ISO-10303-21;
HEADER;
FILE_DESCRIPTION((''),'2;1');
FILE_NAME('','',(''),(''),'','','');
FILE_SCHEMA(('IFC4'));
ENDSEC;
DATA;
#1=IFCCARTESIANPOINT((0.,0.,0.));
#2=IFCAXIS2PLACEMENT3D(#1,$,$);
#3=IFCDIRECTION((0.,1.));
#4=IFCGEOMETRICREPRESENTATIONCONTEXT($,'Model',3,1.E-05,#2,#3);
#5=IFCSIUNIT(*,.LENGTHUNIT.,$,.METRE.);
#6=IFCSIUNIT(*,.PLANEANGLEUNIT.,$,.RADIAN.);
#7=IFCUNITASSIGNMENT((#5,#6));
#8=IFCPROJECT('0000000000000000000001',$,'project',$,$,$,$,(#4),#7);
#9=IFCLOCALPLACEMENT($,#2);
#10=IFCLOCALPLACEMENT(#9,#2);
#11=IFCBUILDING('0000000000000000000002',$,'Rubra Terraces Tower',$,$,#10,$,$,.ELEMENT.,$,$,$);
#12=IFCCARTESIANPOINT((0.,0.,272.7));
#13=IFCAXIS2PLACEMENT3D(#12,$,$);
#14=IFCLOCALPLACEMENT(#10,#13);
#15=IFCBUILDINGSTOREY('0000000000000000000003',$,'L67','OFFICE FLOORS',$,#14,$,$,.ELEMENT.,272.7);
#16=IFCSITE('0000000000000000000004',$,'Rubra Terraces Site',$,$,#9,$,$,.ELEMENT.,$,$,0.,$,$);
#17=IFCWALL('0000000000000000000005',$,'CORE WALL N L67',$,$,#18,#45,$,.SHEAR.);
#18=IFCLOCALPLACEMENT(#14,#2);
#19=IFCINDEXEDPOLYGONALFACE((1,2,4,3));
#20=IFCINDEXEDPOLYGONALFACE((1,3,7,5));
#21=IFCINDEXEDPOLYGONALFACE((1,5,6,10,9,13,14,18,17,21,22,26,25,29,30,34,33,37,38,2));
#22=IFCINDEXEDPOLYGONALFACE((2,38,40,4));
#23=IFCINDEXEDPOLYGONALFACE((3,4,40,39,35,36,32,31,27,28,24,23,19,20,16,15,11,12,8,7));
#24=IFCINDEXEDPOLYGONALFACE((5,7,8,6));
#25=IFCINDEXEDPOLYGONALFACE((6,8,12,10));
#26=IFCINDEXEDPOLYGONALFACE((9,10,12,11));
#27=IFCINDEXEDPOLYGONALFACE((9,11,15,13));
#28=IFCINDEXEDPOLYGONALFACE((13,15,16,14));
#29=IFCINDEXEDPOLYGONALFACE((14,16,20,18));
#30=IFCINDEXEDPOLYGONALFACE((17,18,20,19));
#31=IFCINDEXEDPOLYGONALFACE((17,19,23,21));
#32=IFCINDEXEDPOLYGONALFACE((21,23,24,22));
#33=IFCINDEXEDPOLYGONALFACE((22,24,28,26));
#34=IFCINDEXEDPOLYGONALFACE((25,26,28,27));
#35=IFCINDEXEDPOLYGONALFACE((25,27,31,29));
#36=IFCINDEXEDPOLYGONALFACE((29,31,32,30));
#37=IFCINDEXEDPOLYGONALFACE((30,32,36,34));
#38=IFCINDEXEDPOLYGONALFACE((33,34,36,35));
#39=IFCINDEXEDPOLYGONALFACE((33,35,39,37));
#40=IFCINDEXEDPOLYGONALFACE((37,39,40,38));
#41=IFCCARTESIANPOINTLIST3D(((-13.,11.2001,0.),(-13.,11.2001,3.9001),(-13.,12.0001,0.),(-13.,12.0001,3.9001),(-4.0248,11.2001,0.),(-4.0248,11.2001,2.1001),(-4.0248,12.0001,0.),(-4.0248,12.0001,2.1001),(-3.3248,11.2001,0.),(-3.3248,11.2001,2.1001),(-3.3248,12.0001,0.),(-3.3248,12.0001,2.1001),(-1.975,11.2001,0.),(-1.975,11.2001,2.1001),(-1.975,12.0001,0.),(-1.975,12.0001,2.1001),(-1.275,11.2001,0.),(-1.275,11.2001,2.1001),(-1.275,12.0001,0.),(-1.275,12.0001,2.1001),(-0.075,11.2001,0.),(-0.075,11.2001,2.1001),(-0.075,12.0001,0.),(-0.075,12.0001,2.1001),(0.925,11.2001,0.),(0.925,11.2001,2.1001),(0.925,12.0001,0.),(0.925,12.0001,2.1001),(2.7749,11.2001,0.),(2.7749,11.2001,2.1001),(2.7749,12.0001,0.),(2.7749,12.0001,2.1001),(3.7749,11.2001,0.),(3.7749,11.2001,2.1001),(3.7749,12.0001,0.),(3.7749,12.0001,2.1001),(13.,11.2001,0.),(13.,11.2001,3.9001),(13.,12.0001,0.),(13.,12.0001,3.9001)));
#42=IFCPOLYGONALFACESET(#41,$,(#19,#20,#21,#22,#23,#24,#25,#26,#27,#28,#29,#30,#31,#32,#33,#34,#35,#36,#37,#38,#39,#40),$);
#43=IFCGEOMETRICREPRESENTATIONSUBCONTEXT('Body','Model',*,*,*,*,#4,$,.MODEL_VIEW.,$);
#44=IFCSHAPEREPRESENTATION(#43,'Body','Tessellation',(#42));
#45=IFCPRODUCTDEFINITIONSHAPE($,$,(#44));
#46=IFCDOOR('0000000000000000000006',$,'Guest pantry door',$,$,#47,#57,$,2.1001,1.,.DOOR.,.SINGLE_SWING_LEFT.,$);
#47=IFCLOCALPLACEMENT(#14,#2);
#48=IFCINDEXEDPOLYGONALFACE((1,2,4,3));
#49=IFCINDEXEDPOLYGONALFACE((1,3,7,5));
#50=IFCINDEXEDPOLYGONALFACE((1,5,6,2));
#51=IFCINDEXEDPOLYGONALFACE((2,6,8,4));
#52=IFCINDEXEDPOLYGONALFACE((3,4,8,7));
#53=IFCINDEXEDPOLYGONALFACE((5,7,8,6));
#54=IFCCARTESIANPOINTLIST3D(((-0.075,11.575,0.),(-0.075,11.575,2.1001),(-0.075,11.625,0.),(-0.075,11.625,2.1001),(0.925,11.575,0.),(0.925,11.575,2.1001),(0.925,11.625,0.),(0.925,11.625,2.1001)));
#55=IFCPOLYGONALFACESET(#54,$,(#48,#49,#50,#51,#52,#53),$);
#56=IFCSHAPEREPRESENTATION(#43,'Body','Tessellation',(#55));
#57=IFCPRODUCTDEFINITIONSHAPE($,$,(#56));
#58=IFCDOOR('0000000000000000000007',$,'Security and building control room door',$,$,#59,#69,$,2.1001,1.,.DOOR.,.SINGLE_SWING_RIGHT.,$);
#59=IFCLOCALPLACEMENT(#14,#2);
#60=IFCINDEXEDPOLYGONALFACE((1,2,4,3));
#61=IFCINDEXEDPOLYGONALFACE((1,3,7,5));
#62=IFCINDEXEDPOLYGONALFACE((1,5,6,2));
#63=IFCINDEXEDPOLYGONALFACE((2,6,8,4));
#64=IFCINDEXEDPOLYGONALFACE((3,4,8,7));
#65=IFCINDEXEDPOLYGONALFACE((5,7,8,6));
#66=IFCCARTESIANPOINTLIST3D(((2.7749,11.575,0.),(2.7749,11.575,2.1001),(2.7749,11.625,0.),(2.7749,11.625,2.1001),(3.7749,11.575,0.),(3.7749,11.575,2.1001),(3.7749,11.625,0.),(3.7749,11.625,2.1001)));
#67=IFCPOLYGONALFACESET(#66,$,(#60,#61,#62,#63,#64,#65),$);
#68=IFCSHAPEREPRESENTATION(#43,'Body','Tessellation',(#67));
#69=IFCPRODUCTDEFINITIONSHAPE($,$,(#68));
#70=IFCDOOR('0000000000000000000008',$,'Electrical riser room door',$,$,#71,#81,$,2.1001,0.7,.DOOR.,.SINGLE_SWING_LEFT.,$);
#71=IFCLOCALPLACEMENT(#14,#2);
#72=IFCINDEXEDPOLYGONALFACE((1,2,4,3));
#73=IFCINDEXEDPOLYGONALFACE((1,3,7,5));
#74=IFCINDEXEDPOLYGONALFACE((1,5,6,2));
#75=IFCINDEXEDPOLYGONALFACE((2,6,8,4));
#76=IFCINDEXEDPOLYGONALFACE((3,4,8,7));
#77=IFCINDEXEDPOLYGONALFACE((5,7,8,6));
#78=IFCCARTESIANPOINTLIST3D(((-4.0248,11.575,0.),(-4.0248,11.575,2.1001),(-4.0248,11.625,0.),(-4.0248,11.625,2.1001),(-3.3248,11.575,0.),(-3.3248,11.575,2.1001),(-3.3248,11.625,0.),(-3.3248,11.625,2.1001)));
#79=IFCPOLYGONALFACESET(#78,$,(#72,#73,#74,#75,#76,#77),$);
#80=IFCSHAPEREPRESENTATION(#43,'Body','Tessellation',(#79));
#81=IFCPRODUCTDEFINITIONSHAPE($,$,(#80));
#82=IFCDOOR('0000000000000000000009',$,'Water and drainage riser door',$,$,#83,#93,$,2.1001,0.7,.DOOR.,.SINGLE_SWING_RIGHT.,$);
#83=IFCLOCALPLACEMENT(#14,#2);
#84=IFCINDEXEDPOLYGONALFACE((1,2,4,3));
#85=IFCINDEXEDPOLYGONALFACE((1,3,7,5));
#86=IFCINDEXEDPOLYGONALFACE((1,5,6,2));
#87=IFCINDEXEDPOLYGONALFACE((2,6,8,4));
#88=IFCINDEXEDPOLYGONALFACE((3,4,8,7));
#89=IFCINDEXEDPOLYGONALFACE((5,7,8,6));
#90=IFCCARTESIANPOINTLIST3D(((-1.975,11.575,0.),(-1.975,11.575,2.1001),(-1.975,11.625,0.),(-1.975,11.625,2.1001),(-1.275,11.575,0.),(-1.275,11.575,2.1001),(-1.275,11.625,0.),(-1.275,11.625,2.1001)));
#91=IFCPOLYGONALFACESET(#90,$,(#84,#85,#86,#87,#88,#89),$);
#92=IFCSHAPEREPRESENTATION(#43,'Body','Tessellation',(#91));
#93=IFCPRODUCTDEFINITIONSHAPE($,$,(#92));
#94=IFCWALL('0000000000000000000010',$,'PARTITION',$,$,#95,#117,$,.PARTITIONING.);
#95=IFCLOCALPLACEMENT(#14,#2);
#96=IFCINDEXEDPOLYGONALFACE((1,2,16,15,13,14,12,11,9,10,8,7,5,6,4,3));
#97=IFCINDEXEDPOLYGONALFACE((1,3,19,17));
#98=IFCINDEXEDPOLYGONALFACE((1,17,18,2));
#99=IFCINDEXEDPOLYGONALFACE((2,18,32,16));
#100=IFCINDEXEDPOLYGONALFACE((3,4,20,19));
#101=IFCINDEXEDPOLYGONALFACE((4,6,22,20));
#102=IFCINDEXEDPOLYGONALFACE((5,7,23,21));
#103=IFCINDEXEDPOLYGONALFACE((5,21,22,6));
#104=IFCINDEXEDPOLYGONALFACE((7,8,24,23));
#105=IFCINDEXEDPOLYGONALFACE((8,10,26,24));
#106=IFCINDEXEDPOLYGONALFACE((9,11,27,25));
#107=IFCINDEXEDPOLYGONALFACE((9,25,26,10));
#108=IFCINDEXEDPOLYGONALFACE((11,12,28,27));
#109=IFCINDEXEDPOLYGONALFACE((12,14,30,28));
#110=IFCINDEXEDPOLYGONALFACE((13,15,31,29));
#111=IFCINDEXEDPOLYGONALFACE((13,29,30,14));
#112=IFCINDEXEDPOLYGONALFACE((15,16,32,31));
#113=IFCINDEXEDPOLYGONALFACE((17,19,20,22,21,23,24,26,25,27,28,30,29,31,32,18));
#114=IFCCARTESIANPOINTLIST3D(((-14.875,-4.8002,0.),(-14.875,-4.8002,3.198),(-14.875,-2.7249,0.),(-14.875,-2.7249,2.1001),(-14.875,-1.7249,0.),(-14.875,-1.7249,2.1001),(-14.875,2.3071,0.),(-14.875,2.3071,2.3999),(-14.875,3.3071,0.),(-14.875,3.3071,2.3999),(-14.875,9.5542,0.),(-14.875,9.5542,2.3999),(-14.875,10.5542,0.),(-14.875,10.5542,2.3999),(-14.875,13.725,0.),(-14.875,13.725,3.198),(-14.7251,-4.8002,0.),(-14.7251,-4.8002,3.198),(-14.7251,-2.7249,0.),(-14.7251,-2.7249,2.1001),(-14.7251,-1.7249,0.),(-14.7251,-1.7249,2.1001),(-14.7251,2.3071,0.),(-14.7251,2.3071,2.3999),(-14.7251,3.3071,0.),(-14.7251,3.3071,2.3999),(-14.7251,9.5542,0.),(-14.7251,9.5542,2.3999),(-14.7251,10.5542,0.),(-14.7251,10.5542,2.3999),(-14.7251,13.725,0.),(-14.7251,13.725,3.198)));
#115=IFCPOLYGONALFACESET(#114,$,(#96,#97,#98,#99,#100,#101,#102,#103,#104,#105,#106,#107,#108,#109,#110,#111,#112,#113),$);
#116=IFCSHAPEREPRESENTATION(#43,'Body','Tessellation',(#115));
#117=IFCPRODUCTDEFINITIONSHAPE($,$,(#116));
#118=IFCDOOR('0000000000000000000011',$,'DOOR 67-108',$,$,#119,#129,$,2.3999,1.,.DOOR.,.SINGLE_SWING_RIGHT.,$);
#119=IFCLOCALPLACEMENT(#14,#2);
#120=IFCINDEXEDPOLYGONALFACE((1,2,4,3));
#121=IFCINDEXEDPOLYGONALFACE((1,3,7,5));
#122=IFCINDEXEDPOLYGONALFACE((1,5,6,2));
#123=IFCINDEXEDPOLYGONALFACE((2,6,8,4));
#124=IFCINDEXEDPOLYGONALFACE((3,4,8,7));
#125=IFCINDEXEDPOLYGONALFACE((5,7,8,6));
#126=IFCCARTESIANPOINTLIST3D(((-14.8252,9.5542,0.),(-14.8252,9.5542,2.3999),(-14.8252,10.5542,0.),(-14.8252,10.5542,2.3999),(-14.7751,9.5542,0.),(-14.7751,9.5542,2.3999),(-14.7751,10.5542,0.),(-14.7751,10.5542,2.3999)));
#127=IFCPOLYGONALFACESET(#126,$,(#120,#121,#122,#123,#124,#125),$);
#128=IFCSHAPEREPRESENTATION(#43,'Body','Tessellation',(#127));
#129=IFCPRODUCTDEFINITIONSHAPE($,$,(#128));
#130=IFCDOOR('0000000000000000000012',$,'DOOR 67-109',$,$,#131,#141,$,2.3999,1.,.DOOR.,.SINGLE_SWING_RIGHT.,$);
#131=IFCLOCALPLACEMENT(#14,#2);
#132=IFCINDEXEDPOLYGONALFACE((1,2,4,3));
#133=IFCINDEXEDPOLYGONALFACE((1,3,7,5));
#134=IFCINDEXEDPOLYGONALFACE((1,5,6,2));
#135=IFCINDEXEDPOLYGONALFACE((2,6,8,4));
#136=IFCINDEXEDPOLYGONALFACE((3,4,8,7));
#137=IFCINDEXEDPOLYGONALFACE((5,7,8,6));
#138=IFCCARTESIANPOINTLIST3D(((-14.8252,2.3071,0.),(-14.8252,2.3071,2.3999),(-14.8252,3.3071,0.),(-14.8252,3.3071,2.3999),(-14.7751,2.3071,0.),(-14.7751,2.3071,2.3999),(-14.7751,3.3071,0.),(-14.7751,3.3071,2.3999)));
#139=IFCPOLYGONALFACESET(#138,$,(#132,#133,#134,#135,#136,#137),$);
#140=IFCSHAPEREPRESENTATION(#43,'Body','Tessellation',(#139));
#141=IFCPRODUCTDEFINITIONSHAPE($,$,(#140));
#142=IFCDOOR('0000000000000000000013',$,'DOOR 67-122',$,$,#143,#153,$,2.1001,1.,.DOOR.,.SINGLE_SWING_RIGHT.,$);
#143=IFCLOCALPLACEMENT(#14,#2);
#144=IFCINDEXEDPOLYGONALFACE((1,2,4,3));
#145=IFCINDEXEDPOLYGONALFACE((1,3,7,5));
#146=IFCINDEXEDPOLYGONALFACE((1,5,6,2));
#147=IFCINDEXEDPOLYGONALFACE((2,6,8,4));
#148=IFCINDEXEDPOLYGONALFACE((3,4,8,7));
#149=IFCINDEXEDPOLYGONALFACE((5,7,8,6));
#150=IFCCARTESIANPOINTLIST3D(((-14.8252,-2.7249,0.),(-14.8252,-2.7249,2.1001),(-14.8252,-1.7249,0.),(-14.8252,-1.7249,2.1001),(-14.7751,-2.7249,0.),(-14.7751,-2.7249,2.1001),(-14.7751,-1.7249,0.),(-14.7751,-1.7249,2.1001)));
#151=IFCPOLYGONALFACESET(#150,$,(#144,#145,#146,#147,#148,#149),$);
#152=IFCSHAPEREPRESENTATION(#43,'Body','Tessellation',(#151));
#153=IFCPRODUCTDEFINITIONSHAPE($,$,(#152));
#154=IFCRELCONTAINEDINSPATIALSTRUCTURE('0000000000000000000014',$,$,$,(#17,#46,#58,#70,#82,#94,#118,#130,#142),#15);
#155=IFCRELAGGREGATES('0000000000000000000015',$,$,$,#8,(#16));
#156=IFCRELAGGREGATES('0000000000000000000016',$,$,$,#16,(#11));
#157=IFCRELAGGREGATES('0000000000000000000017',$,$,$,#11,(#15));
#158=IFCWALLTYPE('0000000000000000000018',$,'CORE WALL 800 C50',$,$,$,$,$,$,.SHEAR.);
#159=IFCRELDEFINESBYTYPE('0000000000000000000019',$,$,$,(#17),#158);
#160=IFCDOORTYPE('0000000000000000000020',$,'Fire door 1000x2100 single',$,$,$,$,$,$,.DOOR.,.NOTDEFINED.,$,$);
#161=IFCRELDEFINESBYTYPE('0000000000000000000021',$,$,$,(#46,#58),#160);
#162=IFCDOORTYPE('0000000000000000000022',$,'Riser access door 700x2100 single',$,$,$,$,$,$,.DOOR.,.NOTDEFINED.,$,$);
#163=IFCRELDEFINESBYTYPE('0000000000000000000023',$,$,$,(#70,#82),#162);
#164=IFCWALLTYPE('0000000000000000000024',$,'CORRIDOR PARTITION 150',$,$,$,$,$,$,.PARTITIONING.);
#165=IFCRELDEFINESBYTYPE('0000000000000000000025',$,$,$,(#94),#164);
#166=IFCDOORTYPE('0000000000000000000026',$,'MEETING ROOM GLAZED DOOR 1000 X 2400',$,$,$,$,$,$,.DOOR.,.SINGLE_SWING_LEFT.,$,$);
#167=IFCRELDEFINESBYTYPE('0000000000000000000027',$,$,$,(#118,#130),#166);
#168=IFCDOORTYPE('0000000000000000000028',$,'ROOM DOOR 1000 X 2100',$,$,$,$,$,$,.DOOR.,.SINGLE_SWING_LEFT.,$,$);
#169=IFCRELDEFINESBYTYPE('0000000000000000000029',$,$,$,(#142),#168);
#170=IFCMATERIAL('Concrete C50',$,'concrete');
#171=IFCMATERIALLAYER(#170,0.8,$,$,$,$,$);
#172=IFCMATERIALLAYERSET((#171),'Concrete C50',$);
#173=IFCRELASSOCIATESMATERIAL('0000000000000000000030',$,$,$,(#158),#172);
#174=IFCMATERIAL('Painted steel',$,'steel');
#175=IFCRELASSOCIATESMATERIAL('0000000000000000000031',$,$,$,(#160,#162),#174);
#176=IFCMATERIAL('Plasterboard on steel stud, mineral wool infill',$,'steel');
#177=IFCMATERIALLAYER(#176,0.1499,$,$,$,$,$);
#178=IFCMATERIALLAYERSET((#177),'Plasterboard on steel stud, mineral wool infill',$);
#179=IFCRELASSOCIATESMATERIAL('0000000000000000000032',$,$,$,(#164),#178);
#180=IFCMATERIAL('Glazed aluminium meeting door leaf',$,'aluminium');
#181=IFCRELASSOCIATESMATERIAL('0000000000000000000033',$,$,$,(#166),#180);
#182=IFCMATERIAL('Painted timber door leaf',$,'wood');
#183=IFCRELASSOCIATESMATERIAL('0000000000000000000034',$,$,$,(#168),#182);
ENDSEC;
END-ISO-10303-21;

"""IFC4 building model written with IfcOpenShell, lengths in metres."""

from ifc_helpers import new_model, si_unit, direction, frame, frame_2d, origin, place, context, subcontext, project, spatial, rectangle, extrude, material, layer, layer_set, type_object, element, fill, save


model = new_model("IFC4")

# Units and contexts
model_context = context("Model", 3, precision=1e-05, world=origin(), true_north=direction((0.0, 1.0)))
body_context = subcontext(model_context, "Body", "Model", "MODEL_VIEW")
ifc_project = project(units=[si_unit("LENGTHUNIT", "METRE"), si_unit("PLANEANGLEUNIT", "RADIAN")], contexts=[model_context])

# Site, building, storey
site_placement = place(None, origin())
site = spatial("IfcSite", under=ifc_project, at=site_placement, Name="Rubra Terraces Site", CompositionType="ELEMENT", RefElevation=0.0)
building_placement = place(site_placement, origin())
building = spatial("IfcBuilding", under=site, at=building_placement, Name="Rubra Terraces Tower", CompositionType="ELEMENT")
storey_placement = place(building_placement, frame((0.0, 0.0, 272.7)))
storey = spatial("IfcBuildingStorey", under=building, at=storey_placement, Name="L67", Description="OFFICE FLOORS", CompositionType="ELEMENT", Elevation=272.7)

# Shared definitions
ifc_material_1 = material(Name="Concrete C50", Category="concrete")

# Walls, openings, doors
ifc_layer_1 = layer(ifc_material_1, 0.8)
ifc_layer_set_1 = layer_set([ifc_layer_1], Name="Concrete C50")
wall_type_1 = type_object("IfcWallType", Name="CORE WALL 800 C50", PredefinedType="SHEAR", material=ifc_layer_set_1)
wall_1_placement = place(storey_placement, frame((-13.0, 11.6001, 0.0), z_axis=(0.0, 0.0, 1.0), x_axis=(1.0, 0.0, 0.0)))
wall_1 = element("IfcWall", 1, at=wall_1_placement, inside=storey, type_object=wall_type_1, Name="CORE WALL N L67", PredefinedType="SHEAR", context=body_context, shape_type="SweptSolid", body=[
    extrude(rectangle(XDim=26.0, YDim=0.8, at=frame_2d((13.0, 0.0))), origin(), (0.0, 0.0, 1.0), 3.9001),
])
opening_1_placement = place(wall_1_placement, frame((8.9751, 0.0, 0.0)))
opening_1 = element("IfcOpeningElement", 2, at=opening_1_placement, cuts=wall_1, PredefinedType="OPENING", context=body_context, shape_type="SweptSolid", body=[
    extrude(rectangle(XDim=0.7, YDim=2.1001, at=frame_2d((0.3501, 1.05))), frame((0.0, 0.4099, 0.0), z_axis=(0.0, -1.0, 0.0), x_axis=(1.0, 0.0, 0.0)), (0.0, 0.0, 1.0), 0.8201),
])
opening_2_placement = place(wall_1_placement, frame((11.0249, 0.0, 0.0)))
opening_2 = element("IfcOpeningElement", 3, at=opening_2_placement, cuts=wall_1, PredefinedType="OPENING", context=body_context, shape_type="SweptSolid", body=[
    extrude(rectangle(XDim=0.7, YDim=2.1001, at=frame_2d((0.3501, 1.05))), frame((0.0, 0.4099, 0.0), z_axis=(0.0, -1.0, 0.0), x_axis=(1.0, 0.0, 0.0)), (0.0, 0.0, 1.0), 0.8201),
])
opening_3_placement = place(wall_1_placement, frame((12.925, 0.0, 0.0)))
opening_3 = element("IfcOpeningElement", 4, at=opening_3_placement, cuts=wall_1, PredefinedType="OPENING", context=body_context, shape_type="SweptSolid", body=[
    extrude(rectangle(XDim=1.0, YDim=2.1001, at=frame_2d((0.5, 1.05))), frame((0.0, 0.4099, 0.0), z_axis=(0.0, -1.0, 0.0), x_axis=(1.0, 0.0, 0.0)), (0.0, 0.0, 1.0), 0.8201),
])
opening_4_placement = place(wall_1_placement, frame((15.7749, 0.0, 0.0)))
opening_4 = element("IfcOpeningElement", 5, at=opening_4_placement, cuts=wall_1, PredefinedType="OPENING", context=body_context, shape_type="SweptSolid", body=[
    extrude(rectangle(XDim=1.0, YDim=2.1001, at=frame_2d((0.5, 1.05))), frame((0.0, 0.4099, 0.0), z_axis=(0.0, -1.0, 0.0), x_axis=(1.0, 0.0, 0.0)), (0.0, 0.0, 1.0), 0.8201),
])
ifc_material_2 = material(Name="Painted steel", Category="steel")
door_type_1 = type_object("IfcDoorType", Name="Fire door 1000x2100 single", OperationType="NOTDEFINED", PredefinedType="DOOR", material=ifc_material_2)
door_1_placement = place(opening_3_placement, origin())
door_1 = element("IfcDoor", 6, at=door_1_placement, inside=storey, type_object=door_type_1, Name="Guest pantry door", OperationType="SINGLE_SWING_LEFT", OverallHeight=2.1001, OverallWidth=1.0, PredefinedType="DOOR", context=body_context, shape_type="SweptSolid", body=[
    extrude(rectangle(XDim=1.0, YDim=2.1001, at=frame_2d((0.5, 1.05))), frame((0.0, 0.0249, 0.0), z_axis=(0.0, -1.0, 0.0), x_axis=(1.0, 0.0, 0.0)), (0.0, 0.0, 1.0), 0.05),
])
fill(opening_3, door_1)
door_2_placement = place(opening_4_placement, origin())
door_2 = element("IfcDoor", 7, at=door_2_placement, inside=storey, type_object=door_type_1, Name="Security and building control room door", OperationType="SINGLE_SWING_RIGHT", OverallHeight=2.1001, OverallWidth=1.0, PredefinedType="DOOR", context=body_context, shape_type="SweptSolid", body=[
    extrude(rectangle(XDim=1.0, YDim=2.1001, at=frame_2d((0.5, 1.05))), frame((0.0, 0.0249, 0.0), z_axis=(0.0, -1.0, 0.0), x_axis=(1.0, 0.0, 0.0)), (0.0, 0.0, 1.0), 0.05),
])
fill(opening_4, door_2)
door_type_2 = type_object("IfcDoorType", Name="Riser access door 700x2100 single", OperationType="NOTDEFINED", PredefinedType="DOOR", material=ifc_material_2)
door_3_placement = place(opening_1_placement, origin())
door_3 = element("IfcDoor", 8, at=door_3_placement, inside=storey, type_object=door_type_2, Name="Electrical riser room door", OperationType="SINGLE_SWING_LEFT", OverallHeight=2.1001, OverallWidth=0.7, PredefinedType="DOOR", context=body_context, shape_type="SweptSolid", body=[
    extrude(rectangle(XDim=0.7, YDim=2.1001, at=frame_2d((0.3501, 1.05))), frame((0.0, 0.0249, 0.0), z_axis=(0.0, -1.0, 0.0), x_axis=(1.0, 0.0, 0.0)), (0.0, 0.0, 1.0), 0.05),
])
fill(opening_1, door_3)
door_4_placement = place(opening_2_placement, origin())
door_4 = element("IfcDoor", 9, at=door_4_placement, inside=storey, type_object=door_type_2, Name="Water and drainage riser door", OperationType="SINGLE_SWING_RIGHT", OverallHeight=2.1001, OverallWidth=0.7, PredefinedType="DOOR", context=body_context, shape_type="SweptSolid", body=[
    extrude(rectangle(XDim=0.7, YDim=2.1001, at=frame_2d((0.3501, 1.05))), frame((0.0, 0.0249, 0.0), z_axis=(0.0, -1.0, 0.0), x_axis=(1.0, 0.0, 0.0)), (0.0, 0.0, 1.0), 0.05),
])
fill(opening_2, door_4)
ifc_material_3 = material(Name="Plasterboard on steel stud, mineral wool infill", Category="steel")
ifc_layer_2 = layer(ifc_material_3, 0.1499)
ifc_layer_set_2 = layer_set([ifc_layer_2], Name="Plasterboard on steel stud, mineral wool infill")
wall_type_2 = type_object("IfcWallType", Name="CORRIDOR PARTITION 150", PredefinedType="PARTITIONING", material=ifc_layer_set_2)
wall_2_placement = place(storey_placement, frame((-14.8, 13.7251, 0.0), z_axis=(0.0, 0.0, 1.0), x_axis=(0.0, -1.0, 0.0)))
wall_2 = element("IfcWall", 10, at=wall_2_placement, inside=storey, type_object=wall_type_2, Name="PARTITION", PredefinedType="PARTITIONING", context=body_context, shape_type="SweptSolid", body=[
    extrude(rectangle(XDim=18.5251, YDim=0.1499, at=frame_2d((9.2627, 0.0))), origin(), (0.0, 0.0, 1.0), 3.198),
])
opening_5_placement = place(wall_2_placement, frame((3.1709, 0.0, 0.0)))
opening_5 = element("IfcOpeningElement", 11, at=opening_5_placement, cuts=wall_2, PredefinedType="OPENING", context=body_context, shape_type="SweptSolid", body=[
    extrude(rectangle(XDim=1.0, YDim=2.3999, at=frame_2d((0.5, 1.2))), frame((0.0, 0.085, 0.0), z_axis=(0.0, -1.0, 0.0), x_axis=(1.0, 0.0, 0.0)), (0.0, 0.0, 1.0), 0.1699),
])
opening_6_placement = place(wall_2_placement, frame((10.418, 0.0, 0.0)))
opening_6 = element("IfcOpeningElement", 12, at=opening_6_placement, cuts=wall_2, PredefinedType="OPENING", context=body_context, shape_type="SweptSolid", body=[
    extrude(rectangle(XDim=1.0, YDim=2.3999, at=frame_2d((0.5, 1.2))), frame((0.0, 0.085, 0.0), z_axis=(0.0, -1.0, 0.0), x_axis=(1.0, 0.0, 0.0)), (0.0, 0.0, 1.0), 0.1699),
])
opening_7_placement = place(wall_2_placement, frame((15.45, 0.0, 0.0)))
opening_7 = element("IfcOpeningElement", 13, at=opening_7_placement, cuts=wall_2, PredefinedType="OPENING", context=body_context, shape_type="SweptSolid", body=[
    extrude(rectangle(XDim=1.0, YDim=2.1001, at=frame_2d((0.5, 1.05))), frame((0.0, 0.085, 0.0), z_axis=(0.0, -1.0, 0.0), x_axis=(1.0, 0.0, 0.0)), (0.0, 0.0, 1.0), 0.1699),
])
ifc_material_4 = material(Name="Glazed aluminium meeting door leaf", Category="aluminium")
door_type_3 = type_object("IfcDoorType", Name="MEETING ROOM GLAZED DOOR 1000 X 2400", OperationType="SINGLE_SWING_LEFT", PredefinedType="DOOR", material=ifc_material_4)
door_5_placement = place(opening_5_placement, origin())
door_5 = element("IfcDoor", 14, at=door_5_placement, inside=storey, type_object=door_type_3, Name="DOOR 67-108", OperationType="SINGLE_SWING_RIGHT", OverallHeight=2.3999, OverallWidth=1.0, PredefinedType="DOOR", context=body_context, shape_type="SweptSolid", body=[
    extrude(rectangle(XDim=1.0, YDim=2.3999, at=frame_2d((0.5, 1.2))), frame((0.0, 0.0249, 0.0), z_axis=(0.0, -1.0, 0.0), x_axis=(1.0, 0.0, 0.0)), (0.0, 0.0, 1.0), 0.05),
])
fill(opening_5, door_5)
door_6_placement = place(opening_6_placement, origin())
door_6 = element("IfcDoor", 15, at=door_6_placement, inside=storey, type_object=door_type_3, Name="DOOR 67-109", OperationType="SINGLE_SWING_RIGHT", OverallHeight=2.3999, OverallWidth=1.0, PredefinedType="DOOR", context=body_context, shape_type="SweptSolid", body=[
    extrude(rectangle(XDim=1.0, YDim=2.3999, at=frame_2d((0.5, 1.2))), frame((0.0, 0.0249, 0.0), z_axis=(0.0, -1.0, 0.0), x_axis=(1.0, 0.0, 0.0)), (0.0, 0.0, 1.0), 0.05),
])
fill(opening_6, door_6)
ifc_material_5 = material(Name="Painted timber door leaf", Category="wood")
door_type_4 = type_object("IfcDoorType", Name="ROOM DOOR 1000 X 2100", OperationType="SINGLE_SWING_LEFT", PredefinedType="DOOR", material=ifc_material_5)
door_7_placement = place(opening_7_placement, origin())
door_7 = element("IfcDoor", 16, at=door_7_placement, inside=storey, type_object=door_type_4, Name="DOOR 67-122", OperationType="SINGLE_SWING_RIGHT", OverallHeight=2.1001, OverallWidth=1.0, PredefinedType="DOOR", context=body_context, shape_type="SweptSolid", body=[
    extrude(rectangle(XDim=1.0, YDim=2.1001, at=frame_2d((0.5, 1.05))), frame((0.0, 0.0249, 0.0), z_axis=(0.0, -1.0, 0.0), x_axis=(1.0, 0.0, 0.0)), (0.0, 0.0, 1.0), 0.05),
])
fill(opening_7, door_7)

save(model, "model.ifc")
